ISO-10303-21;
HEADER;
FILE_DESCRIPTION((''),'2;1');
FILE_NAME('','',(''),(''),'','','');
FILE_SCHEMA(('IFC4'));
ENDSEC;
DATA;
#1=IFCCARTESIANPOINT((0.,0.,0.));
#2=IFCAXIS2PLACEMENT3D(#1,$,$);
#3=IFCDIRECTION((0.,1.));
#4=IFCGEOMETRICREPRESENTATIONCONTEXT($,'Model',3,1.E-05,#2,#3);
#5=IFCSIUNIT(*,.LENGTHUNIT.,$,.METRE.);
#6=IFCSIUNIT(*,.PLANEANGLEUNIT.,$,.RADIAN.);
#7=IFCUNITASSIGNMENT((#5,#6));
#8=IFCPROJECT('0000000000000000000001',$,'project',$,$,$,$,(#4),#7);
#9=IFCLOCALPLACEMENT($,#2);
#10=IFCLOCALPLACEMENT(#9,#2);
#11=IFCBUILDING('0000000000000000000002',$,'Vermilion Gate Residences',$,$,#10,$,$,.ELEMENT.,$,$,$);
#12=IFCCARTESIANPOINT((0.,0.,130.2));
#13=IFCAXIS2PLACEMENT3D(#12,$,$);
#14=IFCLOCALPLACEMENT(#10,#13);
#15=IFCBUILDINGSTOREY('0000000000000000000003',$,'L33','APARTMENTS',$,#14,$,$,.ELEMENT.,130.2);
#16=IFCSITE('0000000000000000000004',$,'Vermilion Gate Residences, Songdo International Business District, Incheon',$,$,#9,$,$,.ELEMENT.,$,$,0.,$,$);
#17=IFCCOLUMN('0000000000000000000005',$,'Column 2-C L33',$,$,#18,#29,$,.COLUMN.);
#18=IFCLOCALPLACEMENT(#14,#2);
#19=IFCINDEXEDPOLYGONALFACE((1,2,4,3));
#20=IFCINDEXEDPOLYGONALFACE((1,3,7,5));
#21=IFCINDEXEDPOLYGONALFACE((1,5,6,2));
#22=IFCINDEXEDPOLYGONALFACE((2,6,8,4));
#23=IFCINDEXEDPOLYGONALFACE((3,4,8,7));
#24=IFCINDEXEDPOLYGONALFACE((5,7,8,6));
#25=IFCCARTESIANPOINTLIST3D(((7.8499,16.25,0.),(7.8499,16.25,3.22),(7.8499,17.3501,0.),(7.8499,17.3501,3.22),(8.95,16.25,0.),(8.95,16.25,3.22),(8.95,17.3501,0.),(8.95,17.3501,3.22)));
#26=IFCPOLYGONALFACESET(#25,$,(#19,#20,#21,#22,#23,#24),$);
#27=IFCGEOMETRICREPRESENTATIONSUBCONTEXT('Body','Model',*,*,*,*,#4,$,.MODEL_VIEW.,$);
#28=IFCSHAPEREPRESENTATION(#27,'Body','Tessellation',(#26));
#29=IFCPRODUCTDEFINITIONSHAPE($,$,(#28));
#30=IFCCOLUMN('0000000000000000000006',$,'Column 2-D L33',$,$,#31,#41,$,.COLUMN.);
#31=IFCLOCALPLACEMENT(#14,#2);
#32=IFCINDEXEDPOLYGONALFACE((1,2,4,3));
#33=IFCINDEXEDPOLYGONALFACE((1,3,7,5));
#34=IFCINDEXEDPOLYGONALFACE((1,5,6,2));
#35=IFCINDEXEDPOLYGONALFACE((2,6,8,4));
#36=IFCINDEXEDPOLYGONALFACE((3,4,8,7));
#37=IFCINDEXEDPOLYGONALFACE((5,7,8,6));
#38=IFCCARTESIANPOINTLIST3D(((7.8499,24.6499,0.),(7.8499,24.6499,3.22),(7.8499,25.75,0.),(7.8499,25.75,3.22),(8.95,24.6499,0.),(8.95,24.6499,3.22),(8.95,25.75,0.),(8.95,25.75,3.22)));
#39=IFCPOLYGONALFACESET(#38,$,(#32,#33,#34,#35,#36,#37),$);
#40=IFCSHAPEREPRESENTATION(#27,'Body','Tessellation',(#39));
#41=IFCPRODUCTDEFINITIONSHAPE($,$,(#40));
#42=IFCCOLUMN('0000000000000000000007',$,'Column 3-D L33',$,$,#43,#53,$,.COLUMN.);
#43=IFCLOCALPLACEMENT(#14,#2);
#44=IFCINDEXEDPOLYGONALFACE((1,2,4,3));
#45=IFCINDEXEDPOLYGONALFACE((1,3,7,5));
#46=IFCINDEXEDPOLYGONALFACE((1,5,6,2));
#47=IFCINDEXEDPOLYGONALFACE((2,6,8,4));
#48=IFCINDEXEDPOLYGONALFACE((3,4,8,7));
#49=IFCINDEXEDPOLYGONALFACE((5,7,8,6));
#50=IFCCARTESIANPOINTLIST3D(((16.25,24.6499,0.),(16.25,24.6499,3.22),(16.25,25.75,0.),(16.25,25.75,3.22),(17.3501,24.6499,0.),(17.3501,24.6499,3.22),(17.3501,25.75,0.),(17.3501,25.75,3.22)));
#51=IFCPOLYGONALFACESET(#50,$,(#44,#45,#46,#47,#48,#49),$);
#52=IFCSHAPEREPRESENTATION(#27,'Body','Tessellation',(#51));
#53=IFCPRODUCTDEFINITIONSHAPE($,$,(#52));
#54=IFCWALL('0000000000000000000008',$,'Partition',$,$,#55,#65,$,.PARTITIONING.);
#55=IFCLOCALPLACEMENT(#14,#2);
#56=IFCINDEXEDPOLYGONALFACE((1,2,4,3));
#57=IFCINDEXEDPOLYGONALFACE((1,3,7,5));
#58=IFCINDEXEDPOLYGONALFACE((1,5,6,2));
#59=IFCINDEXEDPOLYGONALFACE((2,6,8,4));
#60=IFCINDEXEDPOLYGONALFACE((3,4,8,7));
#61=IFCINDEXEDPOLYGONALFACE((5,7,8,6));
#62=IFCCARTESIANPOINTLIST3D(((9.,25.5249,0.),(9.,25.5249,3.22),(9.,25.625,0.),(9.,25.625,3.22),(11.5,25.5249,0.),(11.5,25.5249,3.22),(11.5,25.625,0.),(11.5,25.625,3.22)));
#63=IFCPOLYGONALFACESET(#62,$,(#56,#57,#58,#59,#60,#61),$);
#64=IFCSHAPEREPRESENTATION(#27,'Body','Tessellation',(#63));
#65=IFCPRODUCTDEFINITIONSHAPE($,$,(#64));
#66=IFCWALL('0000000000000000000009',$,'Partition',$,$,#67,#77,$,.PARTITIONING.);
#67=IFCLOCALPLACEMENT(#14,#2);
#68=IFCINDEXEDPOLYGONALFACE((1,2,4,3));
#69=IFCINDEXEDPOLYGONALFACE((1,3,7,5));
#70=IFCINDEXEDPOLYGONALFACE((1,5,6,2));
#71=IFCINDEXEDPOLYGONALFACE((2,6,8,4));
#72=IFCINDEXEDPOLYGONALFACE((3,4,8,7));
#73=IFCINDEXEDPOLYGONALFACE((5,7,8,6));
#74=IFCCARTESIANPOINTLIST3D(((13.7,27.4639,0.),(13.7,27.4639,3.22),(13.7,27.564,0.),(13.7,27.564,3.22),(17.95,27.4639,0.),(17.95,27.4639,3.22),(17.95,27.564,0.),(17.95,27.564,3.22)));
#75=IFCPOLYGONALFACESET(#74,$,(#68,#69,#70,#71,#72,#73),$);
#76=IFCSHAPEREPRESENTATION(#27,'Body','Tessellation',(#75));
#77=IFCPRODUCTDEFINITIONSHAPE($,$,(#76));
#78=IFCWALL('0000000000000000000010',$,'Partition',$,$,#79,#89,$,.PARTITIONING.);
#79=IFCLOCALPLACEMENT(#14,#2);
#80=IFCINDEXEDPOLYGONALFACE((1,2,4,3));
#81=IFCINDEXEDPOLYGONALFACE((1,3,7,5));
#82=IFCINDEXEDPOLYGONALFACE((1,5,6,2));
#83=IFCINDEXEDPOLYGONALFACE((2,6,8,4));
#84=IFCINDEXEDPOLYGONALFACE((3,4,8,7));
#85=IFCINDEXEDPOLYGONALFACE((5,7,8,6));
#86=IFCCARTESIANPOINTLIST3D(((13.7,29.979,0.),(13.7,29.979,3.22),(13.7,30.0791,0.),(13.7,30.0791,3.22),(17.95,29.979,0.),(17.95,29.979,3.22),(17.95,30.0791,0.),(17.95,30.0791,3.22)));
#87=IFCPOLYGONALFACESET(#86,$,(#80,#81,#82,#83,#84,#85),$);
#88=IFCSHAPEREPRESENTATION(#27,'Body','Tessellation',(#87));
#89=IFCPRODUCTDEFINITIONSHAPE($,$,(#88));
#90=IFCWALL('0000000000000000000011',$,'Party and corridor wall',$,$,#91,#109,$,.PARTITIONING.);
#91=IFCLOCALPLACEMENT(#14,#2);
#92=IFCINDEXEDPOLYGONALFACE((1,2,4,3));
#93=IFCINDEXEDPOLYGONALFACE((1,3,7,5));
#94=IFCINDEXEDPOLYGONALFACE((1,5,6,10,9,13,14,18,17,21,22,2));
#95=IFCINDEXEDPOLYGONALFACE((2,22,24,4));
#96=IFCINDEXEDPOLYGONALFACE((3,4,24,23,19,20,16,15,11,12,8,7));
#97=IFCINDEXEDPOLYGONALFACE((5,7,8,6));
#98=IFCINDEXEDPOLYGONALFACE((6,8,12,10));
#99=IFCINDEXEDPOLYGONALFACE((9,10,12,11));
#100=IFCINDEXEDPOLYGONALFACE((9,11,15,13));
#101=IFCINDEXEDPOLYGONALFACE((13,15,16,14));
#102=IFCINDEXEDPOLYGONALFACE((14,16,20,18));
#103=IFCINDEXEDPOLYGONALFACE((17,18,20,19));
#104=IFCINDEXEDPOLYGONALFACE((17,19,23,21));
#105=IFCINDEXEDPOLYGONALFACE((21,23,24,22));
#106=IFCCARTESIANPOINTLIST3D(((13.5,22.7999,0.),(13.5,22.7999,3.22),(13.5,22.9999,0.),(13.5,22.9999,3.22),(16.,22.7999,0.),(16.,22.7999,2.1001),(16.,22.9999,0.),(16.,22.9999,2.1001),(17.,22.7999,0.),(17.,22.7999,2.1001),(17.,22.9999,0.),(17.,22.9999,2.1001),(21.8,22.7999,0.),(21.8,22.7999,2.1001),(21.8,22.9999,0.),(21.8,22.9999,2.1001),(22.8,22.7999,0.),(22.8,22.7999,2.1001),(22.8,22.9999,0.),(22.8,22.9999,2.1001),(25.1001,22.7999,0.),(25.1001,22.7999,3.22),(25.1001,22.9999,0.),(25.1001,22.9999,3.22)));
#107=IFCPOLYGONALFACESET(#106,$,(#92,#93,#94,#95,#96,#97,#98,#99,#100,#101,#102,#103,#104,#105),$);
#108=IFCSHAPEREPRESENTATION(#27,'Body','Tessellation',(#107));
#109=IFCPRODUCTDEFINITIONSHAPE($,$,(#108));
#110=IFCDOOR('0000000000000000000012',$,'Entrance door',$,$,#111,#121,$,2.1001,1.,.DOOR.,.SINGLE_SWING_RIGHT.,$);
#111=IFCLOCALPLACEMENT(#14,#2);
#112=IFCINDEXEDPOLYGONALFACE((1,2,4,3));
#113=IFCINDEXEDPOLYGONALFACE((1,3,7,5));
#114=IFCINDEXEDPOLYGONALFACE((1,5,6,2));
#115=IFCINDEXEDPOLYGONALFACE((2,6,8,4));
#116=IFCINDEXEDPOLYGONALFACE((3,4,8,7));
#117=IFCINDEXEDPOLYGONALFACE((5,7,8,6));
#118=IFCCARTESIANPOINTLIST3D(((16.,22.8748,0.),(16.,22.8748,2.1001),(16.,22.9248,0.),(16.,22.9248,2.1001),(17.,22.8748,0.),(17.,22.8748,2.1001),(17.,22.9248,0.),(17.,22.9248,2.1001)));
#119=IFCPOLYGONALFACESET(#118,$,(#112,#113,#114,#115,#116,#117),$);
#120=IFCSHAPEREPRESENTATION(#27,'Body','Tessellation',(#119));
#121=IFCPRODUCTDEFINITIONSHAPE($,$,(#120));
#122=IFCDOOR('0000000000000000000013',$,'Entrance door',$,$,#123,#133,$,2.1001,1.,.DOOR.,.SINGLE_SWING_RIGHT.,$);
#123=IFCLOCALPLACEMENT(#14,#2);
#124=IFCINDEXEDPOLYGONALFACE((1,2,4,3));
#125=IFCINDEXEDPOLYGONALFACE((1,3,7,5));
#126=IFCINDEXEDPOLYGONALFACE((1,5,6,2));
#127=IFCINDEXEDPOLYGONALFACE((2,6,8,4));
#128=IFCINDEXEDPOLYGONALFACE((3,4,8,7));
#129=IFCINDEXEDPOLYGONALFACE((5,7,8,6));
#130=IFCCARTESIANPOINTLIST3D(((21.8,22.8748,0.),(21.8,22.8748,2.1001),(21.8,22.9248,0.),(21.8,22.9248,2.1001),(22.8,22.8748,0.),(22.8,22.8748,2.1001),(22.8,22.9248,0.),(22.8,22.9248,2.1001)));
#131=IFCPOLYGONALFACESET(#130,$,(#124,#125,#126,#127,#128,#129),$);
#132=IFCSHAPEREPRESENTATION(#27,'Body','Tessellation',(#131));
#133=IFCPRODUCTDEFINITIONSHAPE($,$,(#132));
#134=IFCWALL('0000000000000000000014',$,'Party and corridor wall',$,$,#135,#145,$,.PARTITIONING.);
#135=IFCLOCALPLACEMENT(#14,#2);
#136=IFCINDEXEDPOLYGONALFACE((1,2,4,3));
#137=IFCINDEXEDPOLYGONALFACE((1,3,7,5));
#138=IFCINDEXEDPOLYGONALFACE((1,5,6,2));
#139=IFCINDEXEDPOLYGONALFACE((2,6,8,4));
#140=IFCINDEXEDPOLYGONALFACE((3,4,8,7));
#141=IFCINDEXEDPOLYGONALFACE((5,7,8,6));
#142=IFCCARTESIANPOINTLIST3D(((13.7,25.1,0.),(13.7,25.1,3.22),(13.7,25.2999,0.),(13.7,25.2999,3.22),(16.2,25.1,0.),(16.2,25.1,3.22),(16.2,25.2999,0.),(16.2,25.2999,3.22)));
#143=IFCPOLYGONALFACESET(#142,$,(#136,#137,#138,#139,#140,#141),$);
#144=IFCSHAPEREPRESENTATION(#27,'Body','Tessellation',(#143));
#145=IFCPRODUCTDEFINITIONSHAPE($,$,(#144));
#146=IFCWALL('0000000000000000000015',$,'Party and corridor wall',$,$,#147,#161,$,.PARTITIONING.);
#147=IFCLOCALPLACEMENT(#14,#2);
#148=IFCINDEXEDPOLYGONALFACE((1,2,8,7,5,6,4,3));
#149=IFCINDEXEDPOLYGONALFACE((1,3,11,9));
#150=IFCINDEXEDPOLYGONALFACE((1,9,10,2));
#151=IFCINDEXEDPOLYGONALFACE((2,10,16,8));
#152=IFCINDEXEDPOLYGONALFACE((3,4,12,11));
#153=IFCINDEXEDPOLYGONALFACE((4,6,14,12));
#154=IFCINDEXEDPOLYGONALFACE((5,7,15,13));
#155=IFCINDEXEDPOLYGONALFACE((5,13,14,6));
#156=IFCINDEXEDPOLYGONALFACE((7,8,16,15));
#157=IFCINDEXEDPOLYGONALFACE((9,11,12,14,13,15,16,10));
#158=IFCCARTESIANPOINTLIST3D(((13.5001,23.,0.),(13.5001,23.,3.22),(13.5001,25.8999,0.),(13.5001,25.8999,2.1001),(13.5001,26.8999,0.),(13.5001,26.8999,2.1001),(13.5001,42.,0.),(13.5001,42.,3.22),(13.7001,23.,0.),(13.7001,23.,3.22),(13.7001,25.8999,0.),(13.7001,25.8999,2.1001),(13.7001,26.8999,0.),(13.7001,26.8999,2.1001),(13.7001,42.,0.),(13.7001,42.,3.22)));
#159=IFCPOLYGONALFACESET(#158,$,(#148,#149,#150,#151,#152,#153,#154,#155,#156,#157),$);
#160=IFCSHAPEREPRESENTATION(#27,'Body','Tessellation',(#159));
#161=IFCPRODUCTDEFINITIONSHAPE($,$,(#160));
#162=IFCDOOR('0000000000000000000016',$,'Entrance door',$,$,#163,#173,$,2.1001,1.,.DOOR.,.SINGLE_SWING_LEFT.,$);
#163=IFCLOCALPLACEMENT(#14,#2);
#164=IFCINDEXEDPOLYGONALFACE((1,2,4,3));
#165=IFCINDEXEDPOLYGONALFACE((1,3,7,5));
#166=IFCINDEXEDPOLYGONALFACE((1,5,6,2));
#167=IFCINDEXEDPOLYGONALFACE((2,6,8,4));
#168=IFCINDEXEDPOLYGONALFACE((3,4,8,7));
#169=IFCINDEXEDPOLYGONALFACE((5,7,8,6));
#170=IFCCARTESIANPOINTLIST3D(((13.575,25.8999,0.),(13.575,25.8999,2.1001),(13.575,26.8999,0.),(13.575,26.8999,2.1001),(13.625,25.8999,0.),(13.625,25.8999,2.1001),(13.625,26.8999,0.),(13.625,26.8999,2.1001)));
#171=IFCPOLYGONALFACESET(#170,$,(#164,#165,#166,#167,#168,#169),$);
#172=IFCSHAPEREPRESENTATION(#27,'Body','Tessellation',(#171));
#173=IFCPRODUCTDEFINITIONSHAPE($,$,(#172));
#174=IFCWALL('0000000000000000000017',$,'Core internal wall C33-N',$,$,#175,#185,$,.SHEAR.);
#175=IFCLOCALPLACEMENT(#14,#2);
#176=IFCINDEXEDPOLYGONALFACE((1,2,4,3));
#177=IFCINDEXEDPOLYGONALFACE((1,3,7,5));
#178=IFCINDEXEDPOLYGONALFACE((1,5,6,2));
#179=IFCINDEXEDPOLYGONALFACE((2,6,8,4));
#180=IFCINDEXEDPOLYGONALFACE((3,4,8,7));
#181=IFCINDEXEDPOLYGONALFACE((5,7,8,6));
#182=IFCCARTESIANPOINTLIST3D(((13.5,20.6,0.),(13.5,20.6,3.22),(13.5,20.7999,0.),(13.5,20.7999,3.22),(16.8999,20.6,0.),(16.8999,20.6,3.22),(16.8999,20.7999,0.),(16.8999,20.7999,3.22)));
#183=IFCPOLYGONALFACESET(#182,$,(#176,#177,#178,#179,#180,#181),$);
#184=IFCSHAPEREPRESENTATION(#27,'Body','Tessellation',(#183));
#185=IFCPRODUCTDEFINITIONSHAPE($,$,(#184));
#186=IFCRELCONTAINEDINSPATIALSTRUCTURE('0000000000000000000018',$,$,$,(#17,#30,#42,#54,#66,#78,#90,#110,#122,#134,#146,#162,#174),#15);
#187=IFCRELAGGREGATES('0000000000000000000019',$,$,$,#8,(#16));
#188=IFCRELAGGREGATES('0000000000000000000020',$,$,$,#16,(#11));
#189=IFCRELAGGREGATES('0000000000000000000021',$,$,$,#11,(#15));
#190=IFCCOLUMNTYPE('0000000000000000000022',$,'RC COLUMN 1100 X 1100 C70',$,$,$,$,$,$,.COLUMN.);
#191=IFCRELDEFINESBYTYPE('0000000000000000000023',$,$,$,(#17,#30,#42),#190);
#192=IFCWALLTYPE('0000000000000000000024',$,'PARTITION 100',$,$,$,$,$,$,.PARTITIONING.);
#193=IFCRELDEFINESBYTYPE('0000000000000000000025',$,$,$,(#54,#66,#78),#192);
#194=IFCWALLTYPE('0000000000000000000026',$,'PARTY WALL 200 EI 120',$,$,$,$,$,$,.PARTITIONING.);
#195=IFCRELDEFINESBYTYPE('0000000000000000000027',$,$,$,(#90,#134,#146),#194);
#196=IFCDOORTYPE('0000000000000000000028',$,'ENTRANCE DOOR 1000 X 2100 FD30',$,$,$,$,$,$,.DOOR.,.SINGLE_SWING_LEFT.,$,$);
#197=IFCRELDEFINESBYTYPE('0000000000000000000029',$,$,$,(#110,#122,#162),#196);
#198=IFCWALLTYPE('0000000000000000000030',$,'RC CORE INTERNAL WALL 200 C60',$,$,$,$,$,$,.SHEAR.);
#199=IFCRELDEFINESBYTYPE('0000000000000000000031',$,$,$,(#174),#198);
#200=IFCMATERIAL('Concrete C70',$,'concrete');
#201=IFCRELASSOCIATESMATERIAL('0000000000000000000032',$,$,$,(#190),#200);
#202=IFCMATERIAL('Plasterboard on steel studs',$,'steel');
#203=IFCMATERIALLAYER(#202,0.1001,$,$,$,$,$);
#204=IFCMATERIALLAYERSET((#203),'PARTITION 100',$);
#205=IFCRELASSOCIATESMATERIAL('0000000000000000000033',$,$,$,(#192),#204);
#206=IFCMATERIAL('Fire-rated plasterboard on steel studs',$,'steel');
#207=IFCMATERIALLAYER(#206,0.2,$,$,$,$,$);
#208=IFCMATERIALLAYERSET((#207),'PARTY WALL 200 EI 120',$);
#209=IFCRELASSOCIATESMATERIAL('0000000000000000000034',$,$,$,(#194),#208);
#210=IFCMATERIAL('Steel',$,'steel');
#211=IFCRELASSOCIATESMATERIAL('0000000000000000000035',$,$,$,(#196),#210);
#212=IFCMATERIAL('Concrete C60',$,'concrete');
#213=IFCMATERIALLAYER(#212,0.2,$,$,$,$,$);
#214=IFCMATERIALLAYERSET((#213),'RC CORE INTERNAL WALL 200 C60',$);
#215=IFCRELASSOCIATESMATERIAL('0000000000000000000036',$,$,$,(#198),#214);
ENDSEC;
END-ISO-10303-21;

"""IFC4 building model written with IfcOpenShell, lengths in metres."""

from ifc_helpers import new_model, si_unit, direction, frame, frame_2d, origin, origin_2d, place, context, subcontext, project, spatial, rectangle, extrude, material, layer, layer_set, material_profile, profile_set, type_object, element, fill, save


model = new_model("IFC4")

# Units and contexts
model_context = context("Model", 3, precision=1e-05, world=origin(), true_north=direction((0.0, 1.0)))
body_context = subcontext(model_context, "Body", "Model", "MODEL_VIEW")
ifc_project = project(units=[si_unit("LENGTHUNIT", "METRE"), si_unit("PLANEANGLEUNIT", "RADIAN")], contexts=[model_context])

# Site, building, storey
site_placement = place(None, origin())
site = spatial("IfcSite", under=ifc_project, at=site_placement, Name="Vermilion Gate Residences, Songdo International Business District, Incheon", CompositionType="ELEMENT", RefElevation=0.0)
building_placement = place(site_placement, origin())
building = spatial("IfcBuilding", under=site, at=building_placement, Name="Vermilion Gate Residences", CompositionType="ELEMENT")
storey_placement = place(building_placement, frame((0.0, 0.0, 130.2)))
storey = spatial("IfcBuildingStorey", under=building, at=storey_placement, Name="L33", Description="APARTMENTS", CompositionType="ELEMENT", Elevation=130.2)

# Columns
ifc_material_1 = material(Name="Concrete C70", Category="concrete")
ifc_material_profile = material_profile(ifc_material_1, rectangle(XDim=1.1001, YDim=1.1001, at=origin_2d()), Name="RC-1100x1100")
ifc_profile_set = profile_set([ifc_material_profile], Name="Concrete C70")
column_type = type_object("IfcColumnType", Name="RC COLUMN 1100 X 1100 C70", PredefinedType="COLUMN", material=ifc_profile_set)
for number, where, z_axis, x_axis, name in (
    (1, (8.3999, 16.8, 0.0), (0.0, 0.0, 1.0), (1.0, 0.0, 0.0), "Column 2-C L33"),
    (2, (8.3999, 25.2, 0.0), (0.0, 0.0, 1.0), (1.0, 0.0, 0.0), "Column 2-D L33"),
    (3, (16.8, 25.2, 0.0), (0.0, 0.0, 1.0), (1.0, 0.0, 0.0), "Column 3-D L33"),
):
    element("IfcColumn", number, at=place(storey_placement, frame(where, z_axis=z_axis, x_axis=x_axis)), inside=storey, type_object=column_type, Name=name, PredefinedType="COLUMN", context=body_context, shape_type="SweptSolid", body=[
        extrude(rectangle(XDim=1.1001, YDim=1.1001, at=origin_2d()), origin(), (0.0, 0.0, 1.0), 3.22),
    ])

# Walls
ifc_material_2 = material(Name="Plasterboard on steel studs", Category="steel")
ifc_layer_1 = layer(ifc_material_2, 0.1001)
ifc_layer_set_1 = layer_set([ifc_layer_1], Name="PARTITION 100")
wall_type_1 = type_object("IfcWallType", Name="PARTITION 100", PredefinedType="PARTITIONING", material=ifc_layer_set_1)
wall_1_placement = place(storey_placement, frame((9.0, 25.575, 0.0), z_axis=(0.0, 0.0, 1.0), x_axis=(1.0, 0.0, 0.0)))
element("IfcWall", 4, at=wall_1_placement, inside=storey, type_object=wall_type_1, Name="Partition", PredefinedType="PARTITIONING", context=body_context, shape_type="SweptSolid", body=[
    extrude(rectangle(XDim=2.5, YDim=0.1001, at=frame_2d((1.25, 0.0))), origin(), (0.0, 0.0, 1.0), 3.22),
])
for number, where, z_axis, x_axis, name in (
    (5, (13.7, 27.5139, 0.0), (0.0, 0.0, 1.0), (1.0, 0.0, 0.0), "Partition"),
    (6, (13.7, 30.0291, 0.0), (0.0, 0.0, 1.0), (1.0, 0.0, 0.0), "Partition"),
):
    element("IfcWall", number, at=place(storey_placement, frame(where, z_axis=z_axis, x_axis=x_axis)), inside=storey, type_object=wall_type_1, Name=name, PredefinedType="PARTITIONING", context=body_context, shape_type="SweptSolid", body=[
        extrude(rectangle(XDim=4.25, YDim=0.1001, at=frame_2d((2.125, 0.0))), origin(), (0.0, 0.0, 1.0), 3.22),
    ])

# Wall, openings, doors
ifc_material_3 = material(Name="Fire-rated plasterboard on steel studs", Category="steel")
ifc_layer_2 = layer(ifc_material_3, 0.2)
ifc_layer_set_2 = layer_set([ifc_layer_2], Name="PARTY WALL 200 EI 120")
wall_type_2 = type_object("IfcWallType", Name="PARTY WALL 200 EI 120", PredefinedType="PARTITIONING", material=ifc_layer_set_2)
wall_2_placement = place(storey_placement, frame((13.5, 22.8999, 0.0), z_axis=(0.0, 0.0, 1.0), x_axis=(1.0, 0.0, 0.0)))
wall_2 = element("IfcWall", 7, at=wall_2_placement, inside=storey, type_object=wall_type_2, Name="Party and corridor wall", PredefinedType="PARTITIONING", context=body_context, shape_type="SweptSolid", body=[
    extrude(rectangle(XDim=11.6001, YDim=0.2, at=frame_2d((5.8, 0.0))), origin(), (0.0, 0.0, 1.0), 3.22),
])
opening_1_placement = place(wall_2_placement, frame((2.5, 0.0, 0.0)))
opening_1 = element("IfcOpeningElement", 8, at=opening_1_placement, cuts=wall_2, PredefinedType="OPENING", context=body_context, shape_type="SweptSolid", body=[
    extrude(rectangle(XDim=1.0, YDim=2.1001, at=frame_2d((0.5, 1.05))), frame((0.0, 0.1099, 0.0), z_axis=(0.0, -1.0, 0.0), x_axis=(1.0, 0.0, 0.0)), (0.0, 0.0, 1.0), 0.22),
])
opening_2_placement = place(wall_2_placement, frame((8.3, 0.0, 0.0)))
opening_2 = element("IfcOpeningElement", 9, at=opening_2_placement, cuts=wall_2, PredefinedType="OPENING", context=body_context, shape_type="SweptSolid", body=[
    extrude(rectangle(XDim=1.0, YDim=2.1001, at=frame_2d((0.5, 1.05))), frame((0.0, 0.1099, 0.0), z_axis=(0.0, -1.0, 0.0), x_axis=(1.0, 0.0, 0.0)), (0.0, 0.0, 1.0), 0.22),
])
ifc_material_4 = material(Name="Steel", Category="steel")
door_type = type_object("IfcDoorType", Name="ENTRANCE DOOR 1000 X 2100 FD30", OperationType="SINGLE_SWING_LEFT", PredefinedType="DOOR", material=ifc_material_4)
door_1_placement = place(opening_1_placement, origin())
door_1 = element("IfcDoor", 10, at=door_1_placement, inside=storey, type_object=door_type, Name="Entrance door", OperationType="SINGLE_SWING_RIGHT", OverallHeight=2.1001, OverallWidth=1.0, PredefinedType="DOOR", context=body_context, shape_type="SweptSolid", body=[
    extrude(rectangle(XDim=1.0, YDim=2.1001, at=frame_2d((0.5, 1.05))), frame((0.0, 0.0249, 0.0), z_axis=(0.0, -1.0, 0.0), x_axis=(1.0, 0.0, 0.0)), (0.0, 0.0, 1.0), 0.05),
])
fill(opening_1, door_1)
door_2_placement = place(opening_2_placement, origin())
door_2 = element("IfcDoor", 11, at=door_2_placement, inside=storey, type_object=door_type, Name="Entrance door", OperationType="SINGLE_SWING_RIGHT", OverallHeight=2.1001, OverallWidth=1.0, PredefinedType="DOOR", context=body_context, shape_type="SweptSolid", body=[
    extrude(rectangle(XDim=1.0, YDim=2.1001, at=frame_2d((0.5, 1.05))), frame((0.0, 0.0249, 0.0), z_axis=(0.0, -1.0, 0.0), x_axis=(1.0, 0.0, 0.0)), (0.0, 0.0, 1.0), 0.05),
])
fill(opening_2, door_2)

# Wall
wall_3_placement = place(storey_placement, frame((13.7, 25.2, 0.0), z_axis=(0.0, 0.0, 1.0), x_axis=(1.0, 0.0, 0.0)))
element("IfcWall", 12, at=wall_3_placement, inside=storey, type_object=wall_type_2, Name="Party and corridor wall", PredefinedType="PARTITIONING", context=body_context, shape_type="SweptSolid", body=[
    extrude(rectangle(XDim=2.5, YDim=0.2, at=frame_2d((1.25, 0.0))), origin(), (0.0, 0.0, 1.0), 3.22),
])

# Wall, opening, door
wall_4_placement = place(storey_placement, frame((13.6001, 23.0, 0.0), z_axis=(0.0, 0.0, 1.0), x_axis=(0.0, 1.0, 0.0)))
wall_4 = element("IfcWall", 13, at=wall_4_placement, inside=storey, type_object=wall_type_2, Name="Party and corridor wall", PredefinedType="PARTITIONING", context=body_context, shape_type="SweptSolid", body=[
    extrude(rectangle(XDim=19.0, YDim=0.2, at=frame_2d((9.5, 0.0))), origin(), (0.0, 0.0, 1.0), 3.22),
])
opening_3_placement = place(wall_4_placement, frame((2.8999, 0.0, 0.0)))
opening_3 = element("IfcOpeningElement", 14, at=opening_3_placement, cuts=wall_4, PredefinedType="OPENING", context=body_context, shape_type="SweptSolid", body=[
    extrude(rectangle(XDim=1.0, YDim=2.1001, at=frame_2d((0.5, 1.05))), frame((0.0, 0.1099, 0.0), z_axis=(0.0, -1.0, 0.0), x_axis=(1.0, 0.0, 0.0)), (0.0, 0.0, 1.0), 0.22),
])
door_3_placement = place(opening_3_placement, frame((1.0, 0.0, 0.0), z_axis=(0.0, 0.0, 1.0), x_axis=(-1.0, 0.0, 0.0)))
door_3 = element("IfcDoor", 15, at=door_3_placement, inside=storey, type_object=door_type, Name="Entrance door", OperationType="SINGLE_SWING_LEFT", OverallHeight=2.1001, OverallWidth=1.0, PredefinedType="DOOR", context=body_context, shape_type="SweptSolid", body=[
    extrude(rectangle(XDim=1.0, YDim=2.1001, at=frame_2d((0.5, 1.05))), frame((0.0, 0.0249, 0.0), z_axis=(0.0, -1.0, 0.0), x_axis=(1.0, 0.0, 0.0)), (0.0, 0.0, 1.0), 0.05),
])
fill(opening_3, door_3)

# Wall
ifc_material_5 = material(Name="Concrete C60", Category="concrete")
ifc_layer_3 = layer(ifc_material_5, 0.2)
ifc_layer_set_3 = layer_set([ifc_layer_3], Name="RC CORE INTERNAL WALL 200 C60")
wall_type_3 = type_object("IfcWallType", Name="RC CORE INTERNAL WALL 200 C60", PredefinedType="SHEAR", material=ifc_layer_set_3)
wall_5_placement = place(storey_placement, frame((13.5, 20.7, 0.0), z_axis=(0.0, 0.0, 1.0), x_axis=(1.0, 0.0, 0.0)))
element("IfcWall", 16, at=wall_5_placement, inside=storey, type_object=wall_type_3, Name="Core internal wall C33-N", PredefinedType="SHEAR", context=body_context, shape_type="SweptSolid", body=[
    extrude(rectangle(XDim=3.3999, YDim=0.2, at=frame_2d((1.7, 0.0))), origin(), (0.0, 0.0, 1.0), 3.22),
])

save(model, "model.ifc")
